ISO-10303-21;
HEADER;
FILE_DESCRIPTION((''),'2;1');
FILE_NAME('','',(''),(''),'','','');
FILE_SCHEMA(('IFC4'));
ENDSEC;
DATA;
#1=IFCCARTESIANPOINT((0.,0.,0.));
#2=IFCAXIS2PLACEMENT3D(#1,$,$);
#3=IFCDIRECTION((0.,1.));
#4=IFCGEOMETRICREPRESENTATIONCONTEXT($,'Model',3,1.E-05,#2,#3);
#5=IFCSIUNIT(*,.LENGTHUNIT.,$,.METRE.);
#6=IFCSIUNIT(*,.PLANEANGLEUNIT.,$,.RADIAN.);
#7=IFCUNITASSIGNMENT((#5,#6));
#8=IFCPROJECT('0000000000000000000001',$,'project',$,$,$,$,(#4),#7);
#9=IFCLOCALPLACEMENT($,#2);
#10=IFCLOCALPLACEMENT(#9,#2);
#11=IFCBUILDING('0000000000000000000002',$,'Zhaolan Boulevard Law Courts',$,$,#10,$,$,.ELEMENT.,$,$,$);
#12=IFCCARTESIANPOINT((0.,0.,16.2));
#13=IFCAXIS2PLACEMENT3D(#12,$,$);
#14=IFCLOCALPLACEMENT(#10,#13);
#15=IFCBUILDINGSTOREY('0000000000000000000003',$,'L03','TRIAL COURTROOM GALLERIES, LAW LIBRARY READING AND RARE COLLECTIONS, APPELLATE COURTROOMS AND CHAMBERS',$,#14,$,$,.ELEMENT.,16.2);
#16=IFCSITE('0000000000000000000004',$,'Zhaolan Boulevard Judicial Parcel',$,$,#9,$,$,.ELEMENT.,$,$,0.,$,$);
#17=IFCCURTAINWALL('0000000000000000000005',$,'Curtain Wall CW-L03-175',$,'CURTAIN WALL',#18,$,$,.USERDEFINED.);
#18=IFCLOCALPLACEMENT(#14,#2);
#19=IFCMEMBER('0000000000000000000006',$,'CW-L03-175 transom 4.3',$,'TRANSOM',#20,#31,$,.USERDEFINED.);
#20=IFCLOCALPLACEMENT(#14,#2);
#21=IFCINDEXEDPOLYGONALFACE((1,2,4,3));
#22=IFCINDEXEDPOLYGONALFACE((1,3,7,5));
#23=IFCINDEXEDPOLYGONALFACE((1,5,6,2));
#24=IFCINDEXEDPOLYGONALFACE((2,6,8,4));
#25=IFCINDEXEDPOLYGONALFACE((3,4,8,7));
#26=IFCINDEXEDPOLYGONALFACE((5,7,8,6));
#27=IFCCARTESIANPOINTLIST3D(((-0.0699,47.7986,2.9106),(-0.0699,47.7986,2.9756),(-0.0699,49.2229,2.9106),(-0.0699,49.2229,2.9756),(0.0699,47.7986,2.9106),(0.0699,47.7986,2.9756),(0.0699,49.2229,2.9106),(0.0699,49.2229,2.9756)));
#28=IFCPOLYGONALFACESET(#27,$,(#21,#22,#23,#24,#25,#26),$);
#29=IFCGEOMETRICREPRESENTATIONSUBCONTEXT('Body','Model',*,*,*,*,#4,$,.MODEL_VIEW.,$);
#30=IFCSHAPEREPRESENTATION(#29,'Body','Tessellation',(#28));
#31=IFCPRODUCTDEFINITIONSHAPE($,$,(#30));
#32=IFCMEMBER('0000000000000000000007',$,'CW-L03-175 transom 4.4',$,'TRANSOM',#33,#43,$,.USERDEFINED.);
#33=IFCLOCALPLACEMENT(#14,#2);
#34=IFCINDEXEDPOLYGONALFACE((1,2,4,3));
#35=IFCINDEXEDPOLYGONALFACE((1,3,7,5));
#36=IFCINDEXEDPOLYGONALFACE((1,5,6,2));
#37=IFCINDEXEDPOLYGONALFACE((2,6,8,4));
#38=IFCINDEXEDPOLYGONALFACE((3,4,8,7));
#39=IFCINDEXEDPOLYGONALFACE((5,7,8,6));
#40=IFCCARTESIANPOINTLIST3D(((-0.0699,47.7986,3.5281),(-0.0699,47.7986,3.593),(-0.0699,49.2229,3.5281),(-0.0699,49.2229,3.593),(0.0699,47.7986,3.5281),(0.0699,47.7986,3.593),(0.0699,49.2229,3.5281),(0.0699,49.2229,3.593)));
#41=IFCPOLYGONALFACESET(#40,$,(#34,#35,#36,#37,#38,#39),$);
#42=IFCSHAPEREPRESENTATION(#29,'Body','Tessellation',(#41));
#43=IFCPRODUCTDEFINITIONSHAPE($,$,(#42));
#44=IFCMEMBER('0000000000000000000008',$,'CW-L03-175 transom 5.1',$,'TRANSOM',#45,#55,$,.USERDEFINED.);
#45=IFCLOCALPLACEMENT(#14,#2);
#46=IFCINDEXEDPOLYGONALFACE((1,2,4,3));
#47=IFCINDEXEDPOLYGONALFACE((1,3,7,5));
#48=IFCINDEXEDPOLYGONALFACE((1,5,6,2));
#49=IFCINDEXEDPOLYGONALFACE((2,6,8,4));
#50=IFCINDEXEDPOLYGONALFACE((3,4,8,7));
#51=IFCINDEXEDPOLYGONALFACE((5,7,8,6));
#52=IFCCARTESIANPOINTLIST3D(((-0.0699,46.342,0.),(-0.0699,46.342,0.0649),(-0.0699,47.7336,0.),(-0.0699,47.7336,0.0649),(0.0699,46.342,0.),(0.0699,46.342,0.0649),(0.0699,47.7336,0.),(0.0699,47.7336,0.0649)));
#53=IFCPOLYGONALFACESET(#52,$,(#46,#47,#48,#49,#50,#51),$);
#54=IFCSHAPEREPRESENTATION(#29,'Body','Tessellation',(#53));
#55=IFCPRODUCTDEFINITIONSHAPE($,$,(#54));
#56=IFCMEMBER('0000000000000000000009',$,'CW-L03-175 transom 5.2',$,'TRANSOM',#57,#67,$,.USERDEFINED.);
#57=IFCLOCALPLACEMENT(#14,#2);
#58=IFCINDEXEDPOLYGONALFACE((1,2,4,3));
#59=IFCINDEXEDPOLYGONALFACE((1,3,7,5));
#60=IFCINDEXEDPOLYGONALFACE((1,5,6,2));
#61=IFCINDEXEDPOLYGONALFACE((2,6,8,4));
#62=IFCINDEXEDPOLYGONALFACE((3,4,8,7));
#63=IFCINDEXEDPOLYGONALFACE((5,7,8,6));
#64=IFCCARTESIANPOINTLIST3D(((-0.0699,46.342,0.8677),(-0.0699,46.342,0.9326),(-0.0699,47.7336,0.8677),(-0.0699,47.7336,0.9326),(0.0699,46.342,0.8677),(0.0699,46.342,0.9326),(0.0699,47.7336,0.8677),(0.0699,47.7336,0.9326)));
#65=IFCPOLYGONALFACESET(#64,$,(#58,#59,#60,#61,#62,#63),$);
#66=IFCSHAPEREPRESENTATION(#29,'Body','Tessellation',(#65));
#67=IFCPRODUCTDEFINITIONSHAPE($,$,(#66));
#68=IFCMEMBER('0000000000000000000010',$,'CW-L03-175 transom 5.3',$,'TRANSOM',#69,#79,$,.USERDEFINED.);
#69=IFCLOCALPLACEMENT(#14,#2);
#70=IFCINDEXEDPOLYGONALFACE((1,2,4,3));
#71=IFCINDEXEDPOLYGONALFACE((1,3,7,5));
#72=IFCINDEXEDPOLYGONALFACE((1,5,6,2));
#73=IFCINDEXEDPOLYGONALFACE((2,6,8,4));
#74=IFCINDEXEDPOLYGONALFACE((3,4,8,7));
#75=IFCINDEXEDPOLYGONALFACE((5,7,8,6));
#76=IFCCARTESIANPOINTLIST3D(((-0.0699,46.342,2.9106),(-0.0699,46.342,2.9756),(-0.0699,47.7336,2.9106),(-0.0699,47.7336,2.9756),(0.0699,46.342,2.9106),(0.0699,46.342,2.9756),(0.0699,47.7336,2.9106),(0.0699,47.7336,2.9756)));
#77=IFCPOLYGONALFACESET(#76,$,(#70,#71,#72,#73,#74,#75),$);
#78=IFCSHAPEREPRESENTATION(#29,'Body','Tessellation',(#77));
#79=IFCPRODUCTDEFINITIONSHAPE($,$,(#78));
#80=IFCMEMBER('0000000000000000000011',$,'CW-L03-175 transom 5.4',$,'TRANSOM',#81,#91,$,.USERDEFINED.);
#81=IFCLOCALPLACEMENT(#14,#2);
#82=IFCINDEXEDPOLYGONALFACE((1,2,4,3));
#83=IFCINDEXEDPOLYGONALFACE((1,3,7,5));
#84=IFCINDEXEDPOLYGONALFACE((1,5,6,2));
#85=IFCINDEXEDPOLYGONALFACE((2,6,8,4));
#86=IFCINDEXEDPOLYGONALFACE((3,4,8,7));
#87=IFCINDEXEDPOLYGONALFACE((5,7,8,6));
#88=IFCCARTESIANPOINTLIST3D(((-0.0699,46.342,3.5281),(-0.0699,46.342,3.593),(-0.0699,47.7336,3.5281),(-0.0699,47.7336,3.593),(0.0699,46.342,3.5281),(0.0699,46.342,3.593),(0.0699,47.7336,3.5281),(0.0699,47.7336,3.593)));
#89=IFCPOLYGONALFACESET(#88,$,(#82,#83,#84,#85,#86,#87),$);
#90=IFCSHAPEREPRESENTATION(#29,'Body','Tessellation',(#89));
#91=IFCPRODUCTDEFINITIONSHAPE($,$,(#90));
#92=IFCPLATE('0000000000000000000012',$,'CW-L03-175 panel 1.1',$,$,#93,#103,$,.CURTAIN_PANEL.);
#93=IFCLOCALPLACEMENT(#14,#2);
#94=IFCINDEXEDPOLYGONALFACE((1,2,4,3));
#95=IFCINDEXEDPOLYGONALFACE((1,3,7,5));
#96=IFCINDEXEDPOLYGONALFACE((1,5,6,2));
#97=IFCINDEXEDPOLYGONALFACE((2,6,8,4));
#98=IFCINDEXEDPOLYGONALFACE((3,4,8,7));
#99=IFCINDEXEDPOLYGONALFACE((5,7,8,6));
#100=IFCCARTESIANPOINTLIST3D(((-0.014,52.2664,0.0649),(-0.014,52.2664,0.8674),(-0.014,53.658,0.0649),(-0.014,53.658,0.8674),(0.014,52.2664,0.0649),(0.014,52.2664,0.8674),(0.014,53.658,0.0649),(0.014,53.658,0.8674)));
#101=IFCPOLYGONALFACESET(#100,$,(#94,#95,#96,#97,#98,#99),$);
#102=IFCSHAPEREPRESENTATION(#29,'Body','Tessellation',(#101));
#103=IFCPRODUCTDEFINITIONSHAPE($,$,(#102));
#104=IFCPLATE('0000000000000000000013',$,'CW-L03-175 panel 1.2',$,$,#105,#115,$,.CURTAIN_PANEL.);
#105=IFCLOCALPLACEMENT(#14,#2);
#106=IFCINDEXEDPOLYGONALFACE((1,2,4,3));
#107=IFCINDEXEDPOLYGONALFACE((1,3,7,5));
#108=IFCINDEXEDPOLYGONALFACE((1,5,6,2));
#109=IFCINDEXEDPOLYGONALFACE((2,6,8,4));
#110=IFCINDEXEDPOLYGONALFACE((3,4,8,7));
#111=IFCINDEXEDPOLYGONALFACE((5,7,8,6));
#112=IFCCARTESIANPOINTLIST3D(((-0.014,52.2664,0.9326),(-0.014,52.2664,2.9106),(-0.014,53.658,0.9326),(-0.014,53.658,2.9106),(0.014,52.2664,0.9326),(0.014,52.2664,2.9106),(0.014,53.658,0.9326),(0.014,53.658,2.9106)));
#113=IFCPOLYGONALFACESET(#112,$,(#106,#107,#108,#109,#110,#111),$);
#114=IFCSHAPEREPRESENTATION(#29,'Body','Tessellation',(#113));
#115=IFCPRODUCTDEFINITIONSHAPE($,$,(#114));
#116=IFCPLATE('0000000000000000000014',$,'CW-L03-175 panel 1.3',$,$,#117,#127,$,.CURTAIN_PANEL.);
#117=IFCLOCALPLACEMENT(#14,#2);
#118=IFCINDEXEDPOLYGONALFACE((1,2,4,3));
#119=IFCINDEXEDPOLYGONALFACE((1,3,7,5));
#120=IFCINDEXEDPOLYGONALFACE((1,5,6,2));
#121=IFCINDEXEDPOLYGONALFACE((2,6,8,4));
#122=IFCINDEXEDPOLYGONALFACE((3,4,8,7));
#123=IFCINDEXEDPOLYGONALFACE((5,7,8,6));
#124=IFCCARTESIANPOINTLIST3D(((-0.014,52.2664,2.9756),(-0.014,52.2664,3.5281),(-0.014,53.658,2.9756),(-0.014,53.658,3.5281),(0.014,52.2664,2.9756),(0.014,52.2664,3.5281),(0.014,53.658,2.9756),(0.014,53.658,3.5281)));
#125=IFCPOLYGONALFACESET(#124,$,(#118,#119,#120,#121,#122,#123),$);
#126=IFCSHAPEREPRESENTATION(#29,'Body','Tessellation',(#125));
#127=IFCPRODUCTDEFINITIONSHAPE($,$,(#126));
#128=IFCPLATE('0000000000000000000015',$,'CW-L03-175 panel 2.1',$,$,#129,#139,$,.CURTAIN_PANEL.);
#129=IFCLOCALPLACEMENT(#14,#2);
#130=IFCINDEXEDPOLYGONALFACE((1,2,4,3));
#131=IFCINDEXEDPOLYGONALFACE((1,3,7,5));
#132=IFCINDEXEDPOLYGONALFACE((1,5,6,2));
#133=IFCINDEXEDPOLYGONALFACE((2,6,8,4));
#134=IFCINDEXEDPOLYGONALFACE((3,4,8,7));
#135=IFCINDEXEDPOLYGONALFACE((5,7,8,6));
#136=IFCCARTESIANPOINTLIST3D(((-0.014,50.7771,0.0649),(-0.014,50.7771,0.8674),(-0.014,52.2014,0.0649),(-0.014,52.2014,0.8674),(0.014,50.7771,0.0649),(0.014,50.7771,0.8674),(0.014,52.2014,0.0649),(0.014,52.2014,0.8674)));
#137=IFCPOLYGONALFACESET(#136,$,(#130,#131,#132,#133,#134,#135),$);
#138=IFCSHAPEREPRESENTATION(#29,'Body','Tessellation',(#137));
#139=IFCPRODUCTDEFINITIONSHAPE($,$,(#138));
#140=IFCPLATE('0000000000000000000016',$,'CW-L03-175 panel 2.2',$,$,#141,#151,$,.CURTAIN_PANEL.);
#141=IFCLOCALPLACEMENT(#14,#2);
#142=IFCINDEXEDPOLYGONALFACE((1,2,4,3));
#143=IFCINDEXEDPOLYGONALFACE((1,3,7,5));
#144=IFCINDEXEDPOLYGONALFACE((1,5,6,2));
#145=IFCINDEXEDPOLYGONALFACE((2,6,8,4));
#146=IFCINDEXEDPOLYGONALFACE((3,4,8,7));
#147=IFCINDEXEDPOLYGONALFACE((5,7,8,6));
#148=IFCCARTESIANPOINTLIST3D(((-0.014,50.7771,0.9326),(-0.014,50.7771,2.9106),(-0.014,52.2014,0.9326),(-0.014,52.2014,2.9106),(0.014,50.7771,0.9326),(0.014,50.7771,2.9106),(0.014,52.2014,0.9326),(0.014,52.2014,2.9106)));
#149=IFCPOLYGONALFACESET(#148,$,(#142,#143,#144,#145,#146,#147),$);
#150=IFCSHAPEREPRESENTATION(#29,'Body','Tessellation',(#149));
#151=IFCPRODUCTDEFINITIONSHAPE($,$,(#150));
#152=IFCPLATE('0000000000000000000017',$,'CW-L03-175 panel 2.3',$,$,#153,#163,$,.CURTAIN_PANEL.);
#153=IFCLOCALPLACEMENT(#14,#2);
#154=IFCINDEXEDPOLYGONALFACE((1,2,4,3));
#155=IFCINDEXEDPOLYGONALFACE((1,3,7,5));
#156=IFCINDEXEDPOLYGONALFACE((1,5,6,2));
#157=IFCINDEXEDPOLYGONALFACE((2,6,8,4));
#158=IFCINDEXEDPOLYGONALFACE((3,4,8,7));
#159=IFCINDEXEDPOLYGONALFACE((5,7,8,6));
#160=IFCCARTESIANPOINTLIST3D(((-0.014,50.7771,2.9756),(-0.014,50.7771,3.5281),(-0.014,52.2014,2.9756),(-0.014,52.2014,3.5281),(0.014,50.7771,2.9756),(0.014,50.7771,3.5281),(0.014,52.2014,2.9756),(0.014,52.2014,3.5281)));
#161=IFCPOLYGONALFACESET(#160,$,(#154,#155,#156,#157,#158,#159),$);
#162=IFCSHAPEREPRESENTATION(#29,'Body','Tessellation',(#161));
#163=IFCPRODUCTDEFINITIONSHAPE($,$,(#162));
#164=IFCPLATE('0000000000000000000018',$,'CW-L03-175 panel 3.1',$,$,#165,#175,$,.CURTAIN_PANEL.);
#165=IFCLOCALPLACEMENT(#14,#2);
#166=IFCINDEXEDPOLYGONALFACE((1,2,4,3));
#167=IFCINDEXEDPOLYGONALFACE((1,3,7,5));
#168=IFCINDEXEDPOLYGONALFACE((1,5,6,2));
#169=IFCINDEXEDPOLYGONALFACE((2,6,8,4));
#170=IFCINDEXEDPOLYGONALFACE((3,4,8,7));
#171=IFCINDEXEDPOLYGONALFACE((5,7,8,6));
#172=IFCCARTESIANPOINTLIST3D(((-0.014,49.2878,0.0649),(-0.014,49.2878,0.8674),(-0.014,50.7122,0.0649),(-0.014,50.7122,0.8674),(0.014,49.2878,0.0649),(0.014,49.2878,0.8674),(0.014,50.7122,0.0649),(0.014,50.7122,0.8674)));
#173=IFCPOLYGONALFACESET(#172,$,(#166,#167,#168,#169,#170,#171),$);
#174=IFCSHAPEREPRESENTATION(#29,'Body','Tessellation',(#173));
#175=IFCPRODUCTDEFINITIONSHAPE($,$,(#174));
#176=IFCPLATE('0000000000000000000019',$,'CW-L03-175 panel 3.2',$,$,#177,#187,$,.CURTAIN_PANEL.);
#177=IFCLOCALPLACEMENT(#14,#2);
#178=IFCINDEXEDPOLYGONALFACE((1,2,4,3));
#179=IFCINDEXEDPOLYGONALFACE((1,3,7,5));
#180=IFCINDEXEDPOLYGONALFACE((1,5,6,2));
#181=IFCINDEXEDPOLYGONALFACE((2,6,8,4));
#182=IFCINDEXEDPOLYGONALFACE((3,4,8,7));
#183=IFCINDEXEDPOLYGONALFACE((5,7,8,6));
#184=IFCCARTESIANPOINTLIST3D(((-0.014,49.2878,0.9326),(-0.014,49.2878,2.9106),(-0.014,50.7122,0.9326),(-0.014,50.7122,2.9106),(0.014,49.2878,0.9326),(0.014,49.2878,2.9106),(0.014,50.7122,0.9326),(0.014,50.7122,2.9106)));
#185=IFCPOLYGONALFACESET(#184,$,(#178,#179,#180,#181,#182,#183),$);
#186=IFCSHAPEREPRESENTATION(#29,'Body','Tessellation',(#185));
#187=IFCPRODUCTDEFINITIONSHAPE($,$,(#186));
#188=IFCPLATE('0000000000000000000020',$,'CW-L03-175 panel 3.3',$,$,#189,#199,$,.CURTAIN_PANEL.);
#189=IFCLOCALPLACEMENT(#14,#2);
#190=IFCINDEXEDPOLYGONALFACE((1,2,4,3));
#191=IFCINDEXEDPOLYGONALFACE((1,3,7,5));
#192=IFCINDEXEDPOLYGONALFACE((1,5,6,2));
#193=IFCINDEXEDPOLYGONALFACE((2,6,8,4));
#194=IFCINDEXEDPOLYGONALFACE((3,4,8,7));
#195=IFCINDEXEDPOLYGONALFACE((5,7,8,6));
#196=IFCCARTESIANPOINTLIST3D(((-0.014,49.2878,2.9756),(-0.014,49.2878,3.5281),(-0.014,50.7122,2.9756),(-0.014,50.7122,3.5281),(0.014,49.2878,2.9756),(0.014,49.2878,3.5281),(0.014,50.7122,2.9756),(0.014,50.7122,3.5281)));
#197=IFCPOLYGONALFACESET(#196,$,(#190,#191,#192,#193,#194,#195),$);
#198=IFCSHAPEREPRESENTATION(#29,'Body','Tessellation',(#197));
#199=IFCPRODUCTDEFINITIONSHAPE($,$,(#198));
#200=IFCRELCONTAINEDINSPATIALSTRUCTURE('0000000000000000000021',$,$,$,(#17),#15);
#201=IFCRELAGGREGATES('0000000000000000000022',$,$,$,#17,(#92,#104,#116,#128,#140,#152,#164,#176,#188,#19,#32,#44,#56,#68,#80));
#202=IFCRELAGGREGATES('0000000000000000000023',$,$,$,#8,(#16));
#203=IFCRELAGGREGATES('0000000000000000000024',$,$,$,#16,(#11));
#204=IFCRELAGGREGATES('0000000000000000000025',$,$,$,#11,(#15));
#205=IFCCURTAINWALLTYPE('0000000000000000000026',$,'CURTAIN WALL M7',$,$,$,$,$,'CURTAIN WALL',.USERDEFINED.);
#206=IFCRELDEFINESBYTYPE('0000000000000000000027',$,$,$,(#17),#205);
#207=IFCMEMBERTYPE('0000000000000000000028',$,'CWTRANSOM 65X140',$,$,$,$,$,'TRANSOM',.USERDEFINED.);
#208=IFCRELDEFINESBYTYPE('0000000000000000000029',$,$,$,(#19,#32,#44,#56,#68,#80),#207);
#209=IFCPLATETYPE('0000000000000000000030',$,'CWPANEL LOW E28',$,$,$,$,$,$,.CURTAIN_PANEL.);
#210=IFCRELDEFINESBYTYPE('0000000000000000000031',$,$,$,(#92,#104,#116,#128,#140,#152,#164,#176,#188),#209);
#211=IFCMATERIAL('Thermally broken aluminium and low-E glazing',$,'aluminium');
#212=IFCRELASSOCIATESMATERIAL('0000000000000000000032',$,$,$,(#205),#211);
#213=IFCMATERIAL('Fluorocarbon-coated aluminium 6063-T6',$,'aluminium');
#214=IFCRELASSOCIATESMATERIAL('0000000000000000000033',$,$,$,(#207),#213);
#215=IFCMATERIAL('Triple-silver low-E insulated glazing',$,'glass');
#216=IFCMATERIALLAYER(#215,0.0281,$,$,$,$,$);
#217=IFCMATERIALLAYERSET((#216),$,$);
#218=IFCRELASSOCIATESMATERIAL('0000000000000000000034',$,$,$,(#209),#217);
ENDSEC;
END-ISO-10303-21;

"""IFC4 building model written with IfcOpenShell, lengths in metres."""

from ifc_helpers import new_model, si_unit, direction, frame, origin, origin_2d, place, context, subcontext, project, spatial, rectangle, extrude, material, layer, layer_set, material_profile, profile_set, type_object, element, aggregate, save


model = new_model("IFC4")

# Units and contexts
model_context = context("Model", 3, precision=1e-05, world=origin(), true_north=direction((0.0, 1.0)))
body_context = subcontext(model_context, "Body", "Model", "MODEL_VIEW")
ifc_project = project(units=[si_unit("LENGTHUNIT", "METRE"), si_unit("PLANEANGLEUNIT", "RADIAN")], contexts=[model_context])

# Site, building, storey
site_placement = place(None, origin())
site = spatial("IfcSite", under=ifc_project, at=site_placement, Name="Zhaolan Boulevard Judicial Parcel", CompositionType="ELEMENT", RefElevation=0.0)
building_placement = place(site_placement, origin())
building = spatial("IfcBuilding", under=site, at=building_placement, Name="Zhaolan Boulevard Law Courts", CompositionType="ELEMENT")
storey_placement = place(building_placement, frame((0.0, 0.0, 16.2)))
storey = spatial("IfcBuildingStorey", under=building, at=storey_placement, Name="L03", Description="TRIAL COURTROOM GALLERIES, LAW LIBRARY READING AND RARE COLLECTIONS, APPELLATE COURTROOMS AND CHAMBERS", CompositionType="ELEMENT", Elevation=16.2)

# Curtain wall, members, plates
ifc_material_1 = material(Name="Thermally broken aluminium and low-E glazing", Category="aluminium")
curtain_wall_type = type_object("IfcCurtainWallType", Name="CURTAIN WALL M7", ElementType="CURTAIN WALL", PredefinedType="USERDEFINED", material=ifc_material_1)
curtain_wall_placement = place(storey_placement, origin())
curtain_wall = element("IfcCurtainWall", 1, at=curtain_wall_placement, inside=storey, type_object=curtain_wall_type, Name="Curtain Wall CW-L03-175", ObjectType="CURTAIN WALL", PredefinedType="USERDEFINED")
ifc_material_2 = material(Name="Fluorocarbon-coated aluminium 6063-T6", Category="aluminium")
ifc_material_profile_1 = material_profile(ifc_material_2, rectangle(XDim=0.1399, YDim=0.0649, at=origin_2d()), Name="AL65x140")
ifc_profile_set_1 = profile_set([ifc_material_profile_1], Name="Fluorocarbon-coated aluminium 6063-T6")
member_type_1 = type_object("IfcMemberType", Name="CWTRANSOM 65X140", ElementType="TRANSOM", PredefinedType="USERDEFINED", material=ifc_profile_set_1)
member_1_placement = place(storey_placement, frame((0.0, 49.2229, 2.9431), z_axis=(0.0, -1.0, 0.0), x_axis=(1.0, 0.0, 0.0)))
member_1 = element("IfcMember", 2, at=member_1_placement, type_object=member_type_1, Name="CW-L03-175 transom 4.3", ObjectType="TRANSOM", PredefinedType="USERDEFINED", context=body_context, shape_type="SweptSolid", body=[
    extrude(rectangle(XDim=0.1399, YDim=0.0649, at=origin_2d()), origin(), (0.0, 0.0, 1.0), 1.4243),
])
member_2_placement = place(storey_placement, frame((0.0, 49.2229, 3.5605), z_axis=(0.0, -1.0, 0.0), x_axis=(1.0, 0.0, 0.0)))
member_2 = element("IfcMember", 3, at=member_2_placement, type_object=member_type_1, Name="CW-L03-175 transom 4.4", ObjectType="TRANSOM", PredefinedType="USERDEFINED", context=body_context, shape_type="SweptSolid", body=[
    extrude(rectangle(XDim=0.1399, YDim=0.0649, at=origin_2d()), origin(), (0.0, 0.0, 1.0), 1.4243),
])
member_3_placement = place(storey_placement, frame((0.0, 47.7336, 0.0325), z_axis=(0.0, -1.0, 0.0), x_axis=(1.0, 0.0, 0.0)))
member_3 = element("IfcMember", 4, at=member_3_placement, type_object=member_type_1, Name="CW-L03-175 transom 5.1", ObjectType="TRANSOM", PredefinedType="USERDEFINED", context=body_context, shape_type="SweptSolid", body=[
    extrude(rectangle(XDim=0.1399, YDim=0.0649, at=origin_2d()), origin(), (0.0, 0.0, 1.0), 1.3916),
])
member_4_placement = place(storey_placement, frame((0.0, 47.7336, 0.9001), z_axis=(0.0, -1.0, 0.0), x_axis=(1.0, 0.0, 0.0)))
member_4 = element("IfcMember", 5, at=member_4_placement, type_object=member_type_1, Name="CW-L03-175 transom 5.2", ObjectType="TRANSOM", PredefinedType="USERDEFINED", context=body_context, shape_type="SweptSolid", body=[
    extrude(rectangle(XDim=0.1399, YDim=0.0649, at=origin_2d()), origin(), (0.0, 0.0, 1.0), 1.3916),
])
member_5_placement = place(storey_placement, frame((0.0, 47.7336, 2.9431), z_axis=(0.0, -1.0, 0.0), x_axis=(1.0, 0.0, 0.0)))
member_5 = element("IfcMember", 6, at=member_5_placement, type_object=member_type_1, Name="CW-L03-175 transom 5.3", ObjectType="TRANSOM", PredefinedType="USERDEFINED", context=body_context, shape_type="SweptSolid", body=[
    extrude(rectangle(XDim=0.1399, YDim=0.0649, at=origin_2d()), origin(), (0.0, 0.0, 1.0), 1.3916),
])
member_6_placement = place(storey_placement, frame((0.0, 47.7336, 3.5605), z_axis=(0.0, -1.0, 0.0), x_axis=(1.0, 0.0, 0.0)))
member_6 = element("IfcMember", 7, at=member_6_placement, type_object=member_type_1, Name="CW-L03-175 transom 5.4", ObjectType="TRANSOM", PredefinedType="USERDEFINED", context=body_context, shape_type="SweptSolid", body=[
    extrude(rectangle(XDim=0.1399, YDim=0.0649, at=origin_2d()), origin(), (0.0, 0.0, 1.0), 1.3916),
])
ifc_material_3 = material(Name="Triple-silver low-E insulated glazing", Category="glass")
ifc_layer_1 = layer(ifc_material_3, 0.0281)
ifc_layer_set_1 = layer_set([ifc_layer_1])
plate_type = type_object("IfcPlateType", Name="CWPANEL LOW E28", PredefinedType="CURTAIN_PANEL", material=ifc_layer_set_1)
plate_1_placement = place(storey_placement, frame((0.0, 52.9622, 0.0649), z_axis=(0.0, 0.0, 1.0), x_axis=(0.0, -1.0, 0.0)))
plate_1 = element("IfcPlate", 8, at=plate_1_placement, type_object=plate_type, Name="CW-L03-175 panel 1.1", PredefinedType="CURTAIN_PANEL", context=body_context, shape_type="SweptSolid", body=[
    extrude(rectangle(XDim=1.3916, YDim=0.0281, at=origin_2d()), origin(), (0.0, 0.0, 1.0), 0.8025),
])
plate_2_placement = place(storey_placement, frame((0.0, 52.9622, 0.9326), z_axis=(0.0, 0.0, 1.0), x_axis=(0.0, -1.0, 0.0)))
plate_2 = element("IfcPlate", 9, at=plate_2_placement, type_object=plate_type, Name="CW-L03-175 panel 1.2", PredefinedType="CURTAIN_PANEL", context=body_context, shape_type="SweptSolid", body=[
    extrude(rectangle(XDim=1.3916, YDim=0.0281, at=origin_2d()), origin(), (0.0, 0.0, 1.0), 1.978),
])
plate_3_placement = place(storey_placement, frame((0.0, 52.9622, 2.9756), z_axis=(0.0, 0.0, 1.0), x_axis=(0.0, -1.0, 0.0)))
plate_3 = element("IfcPlate", 10, at=plate_3_placement, type_object=plate_type, Name="CW-L03-175 panel 1.3", PredefinedType="CURTAIN_PANEL", context=body_context, shape_type="SweptSolid", body=[
    extrude(rectangle(XDim=1.3916, YDim=0.0281, at=origin_2d()), origin(), (0.0, 0.0, 1.0), 0.5525),
])
plate_4_placement = place(storey_placement, frame((0.0, 51.4893, 0.0649), z_axis=(0.0, 0.0, 1.0), x_axis=(0.0, -1.0, 0.0)))
plate_4 = element("IfcPlate", 11, at=plate_4_placement, type_object=plate_type, Name="CW-L03-175 panel 2.1", PredefinedType="CURTAIN_PANEL", context=body_context, shape_type="SweptSolid", body=[
    extrude(rectangle(XDim=1.4243, YDim=0.0281, at=origin_2d()), origin(), (0.0, 0.0, 1.0), 0.8025),
])
plate_5_placement = place(storey_placement, frame((0.0, 51.4893, 0.9326), z_axis=(0.0, 0.0, 1.0), x_axis=(0.0, -1.0, 0.0)))
plate_5 = element("IfcPlate", 12, at=plate_5_placement, type_object=plate_type, Name="CW-L03-175 panel 2.2", PredefinedType="CURTAIN_PANEL", context=body_context, shape_type="SweptSolid", body=[
    extrude(rectangle(XDim=1.4243, YDim=0.0281, at=origin_2d()), origin(), (0.0, 0.0, 1.0), 1.978),
])
plate_6_placement = place(storey_placement, frame((0.0, 51.4893, 2.9756), z_axis=(0.0, 0.0, 1.0), x_axis=(0.0, -1.0, 0.0)))
plate_6 = element("IfcPlate", 13, at=plate_6_placement, type_object=plate_type, Name="CW-L03-175 panel 2.3", PredefinedType="CURTAIN_PANEL", context=body_context, shape_type="SweptSolid", body=[
    extrude(rectangle(XDim=1.4243, YDim=0.0281, at=origin_2d()), origin(), (0.0, 0.0, 1.0), 0.5525),
])
plate_7_placement = place(storey_placement, frame((0.0, 50.0, 0.0649), z_axis=(0.0, 0.0, 1.0), x_axis=(0.0, -1.0, 0.0)))
plate_7 = element("IfcPlate", 14, at=plate_7_placement, type_object=plate_type, Name="CW-L03-175 panel 3.1", PredefinedType="CURTAIN_PANEL", context=body_context, shape_type="SweptSolid", body=[
    extrude(rectangle(XDim=1.4243, YDim=0.0281, at=origin_2d()), origin(), (0.0, 0.0, 1.0), 0.8025),
])
plate_8_placement = place(storey_placement, frame((0.0, 50.0, 0.9326), z_axis=(0.0, 0.0, 1.0), x_axis=(0.0, -1.0, 0.0)))
plate_8 = element("IfcPlate", 15, at=plate_8_placement, type_object=plate_type, Name="CW-L03-175 panel 3.2", PredefinedType="CURTAIN_PANEL", context=body_context, shape_type="SweptSolid", body=[
    extrude(rectangle(XDim=1.4243, YDim=0.0281, at=origin_2d()), origin(), (0.0, 0.0, 1.0), 1.978),
])
plate_9_placement = place(storey_placement, frame((0.0, 50.0, 2.9756), z_axis=(0.0, 0.0, 1.0), x_axis=(0.0, -1.0, 0.0)))
plate_9 = element("IfcPlate", 16, at=plate_9_placement, type_object=plate_type, Name="CW-L03-175 panel 3.3", PredefinedType="CURTAIN_PANEL", context=body_context, shape_type="SweptSolid", body=[
    extrude(rectangle(XDim=1.4243, YDim=0.0281, at=origin_2d()), origin(), (0.0, 0.0, 1.0), 0.5525),
])
aggregate(curtain_wall, [plate_1, plate_2, plate_3, plate_4, plate_5, plate_6, plate_7, plate_8, plate_9, member_1, member_2, member_3, member_4, member_5, member_6])

save(model, "model.ifc")
